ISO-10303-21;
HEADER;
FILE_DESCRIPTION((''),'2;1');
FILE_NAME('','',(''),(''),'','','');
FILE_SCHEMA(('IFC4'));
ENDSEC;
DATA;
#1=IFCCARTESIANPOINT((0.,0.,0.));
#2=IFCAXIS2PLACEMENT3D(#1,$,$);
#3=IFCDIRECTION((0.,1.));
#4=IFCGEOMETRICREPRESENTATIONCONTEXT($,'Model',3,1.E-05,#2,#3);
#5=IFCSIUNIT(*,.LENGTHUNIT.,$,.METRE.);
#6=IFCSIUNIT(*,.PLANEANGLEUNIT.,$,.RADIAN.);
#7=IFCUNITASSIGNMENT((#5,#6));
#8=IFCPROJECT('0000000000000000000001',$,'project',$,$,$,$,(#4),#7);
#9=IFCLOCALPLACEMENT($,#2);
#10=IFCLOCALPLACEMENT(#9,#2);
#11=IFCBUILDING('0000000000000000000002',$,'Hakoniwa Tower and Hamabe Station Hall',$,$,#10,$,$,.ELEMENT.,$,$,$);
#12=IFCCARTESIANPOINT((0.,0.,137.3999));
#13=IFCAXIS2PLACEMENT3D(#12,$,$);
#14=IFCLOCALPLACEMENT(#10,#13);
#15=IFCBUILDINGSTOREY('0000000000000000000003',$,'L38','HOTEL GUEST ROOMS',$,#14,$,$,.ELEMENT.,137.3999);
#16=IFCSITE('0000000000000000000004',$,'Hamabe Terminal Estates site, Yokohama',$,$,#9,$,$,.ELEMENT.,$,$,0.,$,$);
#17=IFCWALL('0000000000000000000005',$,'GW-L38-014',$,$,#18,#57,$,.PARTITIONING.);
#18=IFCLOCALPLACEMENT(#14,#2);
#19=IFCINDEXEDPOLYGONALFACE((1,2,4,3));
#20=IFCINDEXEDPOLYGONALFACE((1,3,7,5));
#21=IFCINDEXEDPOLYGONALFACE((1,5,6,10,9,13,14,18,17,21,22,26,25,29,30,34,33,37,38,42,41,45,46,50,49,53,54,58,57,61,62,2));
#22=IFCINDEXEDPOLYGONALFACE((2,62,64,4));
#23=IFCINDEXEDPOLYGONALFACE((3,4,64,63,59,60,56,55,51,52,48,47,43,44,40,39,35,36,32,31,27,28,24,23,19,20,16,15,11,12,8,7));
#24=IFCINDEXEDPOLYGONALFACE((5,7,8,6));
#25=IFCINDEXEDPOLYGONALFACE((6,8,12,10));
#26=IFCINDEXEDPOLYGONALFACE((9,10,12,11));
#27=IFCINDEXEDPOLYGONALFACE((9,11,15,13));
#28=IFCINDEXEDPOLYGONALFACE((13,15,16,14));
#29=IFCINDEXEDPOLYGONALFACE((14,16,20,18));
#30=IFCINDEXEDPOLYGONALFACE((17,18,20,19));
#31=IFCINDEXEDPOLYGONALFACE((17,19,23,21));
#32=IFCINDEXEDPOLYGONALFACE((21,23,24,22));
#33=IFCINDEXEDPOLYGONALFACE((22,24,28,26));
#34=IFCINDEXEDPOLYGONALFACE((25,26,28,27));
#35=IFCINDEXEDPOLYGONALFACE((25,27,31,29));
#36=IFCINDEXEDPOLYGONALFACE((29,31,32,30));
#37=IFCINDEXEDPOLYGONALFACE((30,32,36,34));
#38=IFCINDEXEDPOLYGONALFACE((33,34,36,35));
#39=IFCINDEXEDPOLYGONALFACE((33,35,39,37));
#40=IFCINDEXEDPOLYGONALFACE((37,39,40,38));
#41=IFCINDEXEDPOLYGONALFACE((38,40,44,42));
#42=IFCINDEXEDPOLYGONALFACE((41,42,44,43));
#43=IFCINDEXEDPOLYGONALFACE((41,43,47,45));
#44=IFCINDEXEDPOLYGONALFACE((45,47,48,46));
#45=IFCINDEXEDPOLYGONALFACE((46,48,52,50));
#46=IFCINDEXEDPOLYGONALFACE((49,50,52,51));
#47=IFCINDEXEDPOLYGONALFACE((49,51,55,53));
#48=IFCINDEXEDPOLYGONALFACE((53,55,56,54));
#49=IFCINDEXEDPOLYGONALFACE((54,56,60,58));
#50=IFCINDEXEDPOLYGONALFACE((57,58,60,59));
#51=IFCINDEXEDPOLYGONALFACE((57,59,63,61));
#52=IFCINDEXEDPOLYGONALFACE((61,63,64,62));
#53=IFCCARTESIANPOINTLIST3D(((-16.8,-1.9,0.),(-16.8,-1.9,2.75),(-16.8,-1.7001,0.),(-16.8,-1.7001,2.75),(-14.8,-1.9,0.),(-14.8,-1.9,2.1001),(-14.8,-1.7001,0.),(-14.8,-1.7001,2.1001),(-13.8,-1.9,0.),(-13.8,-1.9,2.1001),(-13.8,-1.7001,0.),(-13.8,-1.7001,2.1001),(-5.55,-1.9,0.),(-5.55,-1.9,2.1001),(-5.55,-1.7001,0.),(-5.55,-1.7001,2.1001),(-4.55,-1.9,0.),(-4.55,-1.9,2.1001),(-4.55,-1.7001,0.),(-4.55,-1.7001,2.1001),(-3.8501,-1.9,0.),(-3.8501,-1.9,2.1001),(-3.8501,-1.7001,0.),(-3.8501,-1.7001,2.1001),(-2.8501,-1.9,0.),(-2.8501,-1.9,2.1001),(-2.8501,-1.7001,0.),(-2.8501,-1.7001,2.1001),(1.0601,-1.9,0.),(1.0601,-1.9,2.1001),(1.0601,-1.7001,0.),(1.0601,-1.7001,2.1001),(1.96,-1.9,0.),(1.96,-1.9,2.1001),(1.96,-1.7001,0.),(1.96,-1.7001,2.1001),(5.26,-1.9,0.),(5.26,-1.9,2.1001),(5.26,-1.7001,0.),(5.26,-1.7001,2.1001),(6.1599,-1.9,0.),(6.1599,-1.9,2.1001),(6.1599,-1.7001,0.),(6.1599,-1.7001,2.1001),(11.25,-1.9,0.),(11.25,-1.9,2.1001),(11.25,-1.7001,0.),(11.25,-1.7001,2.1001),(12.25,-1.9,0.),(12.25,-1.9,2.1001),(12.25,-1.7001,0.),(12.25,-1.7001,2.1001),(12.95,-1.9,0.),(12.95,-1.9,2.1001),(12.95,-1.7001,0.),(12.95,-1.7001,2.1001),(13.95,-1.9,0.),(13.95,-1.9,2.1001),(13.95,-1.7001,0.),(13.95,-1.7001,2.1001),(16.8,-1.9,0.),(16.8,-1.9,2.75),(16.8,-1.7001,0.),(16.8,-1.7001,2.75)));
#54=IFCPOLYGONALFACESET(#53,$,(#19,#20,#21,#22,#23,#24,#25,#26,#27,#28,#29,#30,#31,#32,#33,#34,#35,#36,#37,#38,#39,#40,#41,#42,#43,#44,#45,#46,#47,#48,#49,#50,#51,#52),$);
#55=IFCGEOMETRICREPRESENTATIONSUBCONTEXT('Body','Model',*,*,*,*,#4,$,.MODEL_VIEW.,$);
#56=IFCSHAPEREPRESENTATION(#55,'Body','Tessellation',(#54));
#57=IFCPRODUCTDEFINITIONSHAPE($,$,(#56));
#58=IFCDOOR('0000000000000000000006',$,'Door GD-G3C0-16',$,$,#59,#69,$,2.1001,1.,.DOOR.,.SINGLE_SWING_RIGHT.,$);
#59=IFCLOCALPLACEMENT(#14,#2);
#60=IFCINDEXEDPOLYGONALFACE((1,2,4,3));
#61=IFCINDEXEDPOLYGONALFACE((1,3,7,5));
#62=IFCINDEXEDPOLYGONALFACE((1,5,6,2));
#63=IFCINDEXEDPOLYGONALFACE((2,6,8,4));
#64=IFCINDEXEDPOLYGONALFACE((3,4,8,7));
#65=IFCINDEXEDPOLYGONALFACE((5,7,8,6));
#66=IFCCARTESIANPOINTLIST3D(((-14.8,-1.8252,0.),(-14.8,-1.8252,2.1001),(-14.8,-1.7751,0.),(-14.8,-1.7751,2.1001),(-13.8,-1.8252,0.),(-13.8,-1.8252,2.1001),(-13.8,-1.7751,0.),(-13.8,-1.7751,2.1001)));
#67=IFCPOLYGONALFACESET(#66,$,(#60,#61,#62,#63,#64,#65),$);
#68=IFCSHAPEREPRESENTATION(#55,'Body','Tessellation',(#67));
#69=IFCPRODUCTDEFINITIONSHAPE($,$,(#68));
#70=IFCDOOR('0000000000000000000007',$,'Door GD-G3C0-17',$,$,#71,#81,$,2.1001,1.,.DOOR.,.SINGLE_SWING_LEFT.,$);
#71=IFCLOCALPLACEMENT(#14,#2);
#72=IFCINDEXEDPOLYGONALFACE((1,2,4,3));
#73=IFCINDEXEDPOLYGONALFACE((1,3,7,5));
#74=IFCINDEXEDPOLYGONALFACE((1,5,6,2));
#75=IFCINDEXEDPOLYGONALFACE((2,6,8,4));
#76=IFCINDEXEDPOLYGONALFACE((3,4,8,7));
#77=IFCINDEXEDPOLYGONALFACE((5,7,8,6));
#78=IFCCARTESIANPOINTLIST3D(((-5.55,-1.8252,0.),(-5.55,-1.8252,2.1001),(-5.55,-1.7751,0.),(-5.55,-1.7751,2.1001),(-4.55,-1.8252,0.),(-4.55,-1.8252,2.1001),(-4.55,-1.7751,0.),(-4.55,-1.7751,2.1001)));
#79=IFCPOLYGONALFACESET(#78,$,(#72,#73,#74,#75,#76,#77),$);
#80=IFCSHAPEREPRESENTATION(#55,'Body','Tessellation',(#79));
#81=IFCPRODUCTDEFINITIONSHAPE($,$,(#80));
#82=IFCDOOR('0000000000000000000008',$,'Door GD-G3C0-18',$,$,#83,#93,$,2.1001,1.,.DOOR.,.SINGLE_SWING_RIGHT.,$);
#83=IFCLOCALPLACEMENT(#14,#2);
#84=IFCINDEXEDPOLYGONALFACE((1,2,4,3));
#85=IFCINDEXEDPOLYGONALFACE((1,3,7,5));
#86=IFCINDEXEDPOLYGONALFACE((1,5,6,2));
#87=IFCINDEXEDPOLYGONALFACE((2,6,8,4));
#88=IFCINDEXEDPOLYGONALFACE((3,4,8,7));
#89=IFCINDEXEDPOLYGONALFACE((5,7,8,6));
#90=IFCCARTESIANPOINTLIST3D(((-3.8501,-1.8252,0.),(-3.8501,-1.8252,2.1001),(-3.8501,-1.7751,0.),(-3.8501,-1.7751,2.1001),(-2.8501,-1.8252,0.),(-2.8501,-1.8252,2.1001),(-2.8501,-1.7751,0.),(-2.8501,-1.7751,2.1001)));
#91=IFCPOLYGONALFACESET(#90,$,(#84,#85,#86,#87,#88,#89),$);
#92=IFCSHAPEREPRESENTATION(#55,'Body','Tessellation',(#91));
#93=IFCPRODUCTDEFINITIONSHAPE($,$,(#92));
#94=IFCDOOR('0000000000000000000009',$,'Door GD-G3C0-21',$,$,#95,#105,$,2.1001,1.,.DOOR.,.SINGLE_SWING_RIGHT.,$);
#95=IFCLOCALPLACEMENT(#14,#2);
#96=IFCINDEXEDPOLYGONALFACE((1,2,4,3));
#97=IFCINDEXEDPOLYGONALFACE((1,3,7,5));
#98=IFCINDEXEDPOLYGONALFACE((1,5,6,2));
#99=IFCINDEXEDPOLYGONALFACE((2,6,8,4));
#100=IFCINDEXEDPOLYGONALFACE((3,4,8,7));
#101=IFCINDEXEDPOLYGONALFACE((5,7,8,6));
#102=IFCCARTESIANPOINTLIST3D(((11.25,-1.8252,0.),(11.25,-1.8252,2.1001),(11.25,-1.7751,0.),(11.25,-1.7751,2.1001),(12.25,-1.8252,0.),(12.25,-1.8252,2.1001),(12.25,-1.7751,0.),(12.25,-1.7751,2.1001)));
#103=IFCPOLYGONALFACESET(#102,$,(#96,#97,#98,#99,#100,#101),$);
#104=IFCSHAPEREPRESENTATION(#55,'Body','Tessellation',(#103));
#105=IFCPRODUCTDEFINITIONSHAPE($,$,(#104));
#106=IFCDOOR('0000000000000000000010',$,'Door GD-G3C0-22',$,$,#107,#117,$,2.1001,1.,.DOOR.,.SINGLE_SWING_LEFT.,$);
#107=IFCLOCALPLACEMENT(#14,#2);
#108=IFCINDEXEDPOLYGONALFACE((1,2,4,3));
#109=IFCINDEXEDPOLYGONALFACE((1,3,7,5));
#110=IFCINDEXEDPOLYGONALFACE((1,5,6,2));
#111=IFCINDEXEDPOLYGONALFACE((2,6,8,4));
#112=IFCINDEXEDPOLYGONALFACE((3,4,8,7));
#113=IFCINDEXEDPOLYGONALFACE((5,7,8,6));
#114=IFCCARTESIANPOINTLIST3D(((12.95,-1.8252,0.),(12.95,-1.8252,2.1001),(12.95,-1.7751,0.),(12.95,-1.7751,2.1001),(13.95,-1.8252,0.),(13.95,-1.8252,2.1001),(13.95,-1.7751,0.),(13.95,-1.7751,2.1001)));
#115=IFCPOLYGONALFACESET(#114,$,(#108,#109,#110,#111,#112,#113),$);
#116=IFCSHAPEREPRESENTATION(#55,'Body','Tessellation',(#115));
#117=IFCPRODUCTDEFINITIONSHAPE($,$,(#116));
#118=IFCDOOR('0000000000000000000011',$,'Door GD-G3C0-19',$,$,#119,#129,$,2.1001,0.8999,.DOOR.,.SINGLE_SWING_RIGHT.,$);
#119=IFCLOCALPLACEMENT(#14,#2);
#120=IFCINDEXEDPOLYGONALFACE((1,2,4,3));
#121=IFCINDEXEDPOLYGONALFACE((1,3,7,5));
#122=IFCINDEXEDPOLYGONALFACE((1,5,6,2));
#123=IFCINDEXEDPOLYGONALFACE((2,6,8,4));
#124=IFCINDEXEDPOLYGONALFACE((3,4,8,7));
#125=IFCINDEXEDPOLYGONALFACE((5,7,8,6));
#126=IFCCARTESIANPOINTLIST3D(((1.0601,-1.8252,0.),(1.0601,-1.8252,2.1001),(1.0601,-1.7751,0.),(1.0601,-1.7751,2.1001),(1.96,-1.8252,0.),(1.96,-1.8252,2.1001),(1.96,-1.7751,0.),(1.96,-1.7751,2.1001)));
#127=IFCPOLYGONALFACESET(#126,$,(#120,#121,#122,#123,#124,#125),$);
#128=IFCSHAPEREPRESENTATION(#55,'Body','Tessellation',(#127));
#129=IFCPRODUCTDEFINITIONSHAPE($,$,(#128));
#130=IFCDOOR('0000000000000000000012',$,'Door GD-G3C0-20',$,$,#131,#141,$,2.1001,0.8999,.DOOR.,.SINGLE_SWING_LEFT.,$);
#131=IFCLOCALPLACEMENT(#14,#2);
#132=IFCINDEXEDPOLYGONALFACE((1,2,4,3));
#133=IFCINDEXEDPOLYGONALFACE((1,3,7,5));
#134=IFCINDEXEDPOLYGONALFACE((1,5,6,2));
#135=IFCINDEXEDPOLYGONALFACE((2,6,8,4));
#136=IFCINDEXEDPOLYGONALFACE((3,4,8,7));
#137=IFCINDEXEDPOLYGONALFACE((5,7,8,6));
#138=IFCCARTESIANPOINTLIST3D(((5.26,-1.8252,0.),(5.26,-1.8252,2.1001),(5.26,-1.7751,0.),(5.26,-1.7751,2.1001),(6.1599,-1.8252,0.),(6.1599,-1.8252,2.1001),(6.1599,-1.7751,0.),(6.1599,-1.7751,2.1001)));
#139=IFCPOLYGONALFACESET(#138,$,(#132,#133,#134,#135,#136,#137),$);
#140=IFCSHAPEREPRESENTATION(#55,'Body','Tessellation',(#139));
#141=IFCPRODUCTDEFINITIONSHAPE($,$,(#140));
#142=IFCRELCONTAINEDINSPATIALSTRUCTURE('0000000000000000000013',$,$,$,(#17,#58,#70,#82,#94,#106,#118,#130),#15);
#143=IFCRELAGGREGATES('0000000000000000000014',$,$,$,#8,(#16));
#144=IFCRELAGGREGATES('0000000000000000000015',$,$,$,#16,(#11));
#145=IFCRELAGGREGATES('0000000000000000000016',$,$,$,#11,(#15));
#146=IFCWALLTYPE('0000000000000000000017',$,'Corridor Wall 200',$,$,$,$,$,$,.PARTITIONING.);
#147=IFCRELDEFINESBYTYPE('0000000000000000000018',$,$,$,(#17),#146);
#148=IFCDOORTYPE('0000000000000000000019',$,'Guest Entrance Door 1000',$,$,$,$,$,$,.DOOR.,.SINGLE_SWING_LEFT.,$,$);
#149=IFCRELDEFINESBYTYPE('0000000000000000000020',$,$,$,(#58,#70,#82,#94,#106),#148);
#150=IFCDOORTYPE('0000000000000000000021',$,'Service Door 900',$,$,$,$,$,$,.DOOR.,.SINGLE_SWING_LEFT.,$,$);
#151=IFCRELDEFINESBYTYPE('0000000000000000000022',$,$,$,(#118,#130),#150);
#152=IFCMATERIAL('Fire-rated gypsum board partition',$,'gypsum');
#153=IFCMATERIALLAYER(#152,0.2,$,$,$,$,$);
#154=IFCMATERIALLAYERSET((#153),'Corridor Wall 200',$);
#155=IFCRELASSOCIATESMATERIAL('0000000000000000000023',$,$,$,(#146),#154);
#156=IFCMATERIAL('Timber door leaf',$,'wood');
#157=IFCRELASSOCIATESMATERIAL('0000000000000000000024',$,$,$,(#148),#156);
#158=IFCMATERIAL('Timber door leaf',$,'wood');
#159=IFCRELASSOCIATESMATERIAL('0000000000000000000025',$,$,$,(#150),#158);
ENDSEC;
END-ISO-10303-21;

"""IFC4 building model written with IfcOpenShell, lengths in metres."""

from ifc_helpers import new_model, si_unit, direction, frame, frame_2d, origin, place, context, subcontext, project, spatial, rectangle, extrude, material, layer, layer_set, type_object, element, fill, save


model = new_model("IFC4")

# Units and contexts
model_context = context("Model", 3, precision=1e-05, world=origin(), true_north=direction((0.0, 1.0)))
body_context = subcontext(model_context, "Body", "Model", "MODEL_VIEW")
ifc_project = project(units=[si_unit("LENGTHUNIT", "METRE"), si_unit("PLANEANGLEUNIT", "RADIAN")], contexts=[model_context])

# Site, building, storey
site_placement = place(None, origin())
site = spatial("IfcSite", under=ifc_project, at=site_placement, Name="Hamabe Terminal Estates site, Yokohama", CompositionType="ELEMENT", RefElevation=0.0)
building_placement = place(site_placement, origin())
building = spatial("IfcBuilding", under=site, at=building_placement, Name="Hakoniwa Tower and Hamabe Station Hall", CompositionType="ELEMENT")
storey_placement = place(building_placement, frame((0.0, 0.0, 137.3999)))
storey = spatial("IfcBuildingStorey", under=building, at=storey_placement, Name="L38", Description="HOTEL GUEST ROOMS", CompositionType="ELEMENT", Elevation=137.3999)

# Wall, openings, doors
ifc_material_1 = material(Name="Fire-rated gypsum board partition", Category="gypsum")
ifc_layer_1 = layer(ifc_material_1, 0.2)
ifc_layer_set_1 = layer_set([ifc_layer_1], Name="Corridor Wall 200")
wall_type_1 = type_object("IfcWallType", Name="Corridor Wall 200", PredefinedType="PARTITIONING", material=ifc_layer_set_1)
wall_1_placement = place(storey_placement, frame((-16.8, -1.8, 0.0), z_axis=(0.0, 0.0, 1.0), x_axis=(1.0, 0.0, 0.0)))
wall_1 = element("IfcWall", 1, at=wall_1_placement, inside=storey, type_object=wall_type_1, Name="GW-L38-014", PredefinedType="PARTITIONING", context=body_context, shape_type="SweptSolid", body=[
    extrude(rectangle(XDim=33.6001, YDim=0.2, at=frame_2d((16.8, 0.0))), origin(), (0.0, 0.0, 1.0), 2.75),
])
opening_1_placement = place(wall_1_placement, frame((2.0, 0.0, 0.0)))
opening_1 = element("IfcOpeningElement", 2, at=opening_1_placement, cuts=wall_1, PredefinedType="OPENING", context=body_context, shape_type="SweptSolid", body=[
    extrude(rectangle(XDim=1.0, YDim=2.1001, at=frame_2d((0.5, 1.05))), frame((0.0, 0.1099, 0.0), z_axis=(0.0, -1.0, 0.0), x_axis=(1.0, 0.0, 0.0)), (0.0, 0.0, 1.0), 0.22),
])
opening_2_placement = place(wall_1_placement, frame((11.25, 0.0, 0.0)))
opening_2 = element("IfcOpeningElement", 3, at=opening_2_placement, cuts=wall_1, PredefinedType="OPENING", context=body_context, shape_type="SweptSolid", body=[
    extrude(rectangle(XDim=1.0, YDim=2.1001, at=frame_2d((0.5, 1.05))), frame((0.0, 0.1099, 0.0), z_axis=(0.0, -1.0, 0.0), x_axis=(1.0, 0.0, 0.0)), (0.0, 0.0, 1.0), 0.22),
])
opening_3_placement = place(wall_1_placement, frame((12.95, 0.0, 0.0)))
opening_3 = element("IfcOpeningElement", 4, at=opening_3_placement, cuts=wall_1, PredefinedType="OPENING", context=body_context, shape_type="SweptSolid", body=[
    extrude(rectangle(XDim=1.0, YDim=2.1001, at=frame_2d((0.5, 1.05))), frame((0.0, 0.1099, 0.0), z_axis=(0.0, -1.0, 0.0), x_axis=(1.0, 0.0, 0.0)), (0.0, 0.0, 1.0), 0.22),
])
opening_4_placement = place(wall_1_placement, frame((17.8601, 0.0, 0.0)))
opening_4 = element("IfcOpeningElement", 5, at=opening_4_placement, cuts=wall_1, PredefinedType="OPENING", context=body_context, shape_type="SweptSolid", body=[
    extrude(rectangle(XDim=0.8999, YDim=2.1001, at=frame_2d((0.45, 1.05))), frame((0.0, 0.1099, 0.0), z_axis=(0.0, -1.0, 0.0), x_axis=(1.0, 0.0, 0.0)), (0.0, 0.0, 1.0), 0.22),
])
opening_5_placement = place(wall_1_placement, frame((22.0601, 0.0, 0.0)))
opening_5 = element("IfcOpeningElement", 6, at=opening_5_placement, cuts=wall_1, PredefinedType="OPENING", context=body_context, shape_type="SweptSolid", body=[
    extrude(rectangle(XDim=0.8999, YDim=2.1001, at=frame_2d((0.45, 1.05))), frame((0.0, 0.1099, 0.0), z_axis=(0.0, -1.0, 0.0), x_axis=(1.0, 0.0, 0.0)), (0.0, 0.0, 1.0), 0.22),
])
opening_6_placement = place(wall_1_placement, frame((28.05, 0.0, 0.0)))
opening_6 = element("IfcOpeningElement", 7, at=opening_6_placement, cuts=wall_1, PredefinedType="OPENING", context=body_context, shape_type="SweptSolid", body=[
    extrude(rectangle(XDim=1.0, YDim=2.1001, at=frame_2d((0.5, 1.05))), frame((0.0, 0.1099, 0.0), z_axis=(0.0, -1.0, 0.0), x_axis=(1.0, 0.0, 0.0)), (0.0, 0.0, 1.0), 0.22),
])
opening_7_placement = place(wall_1_placement, frame((29.75, 0.0, 0.0)))
opening_7 = element("IfcOpeningElement", 8, at=opening_7_placement, cuts=wall_1, PredefinedType="OPENING", context=body_context, shape_type="SweptSolid", body=[
    extrude(rectangle(XDim=1.0, YDim=2.1001, at=frame_2d((0.5, 1.05))), frame((0.0, 0.1099, 0.0), z_axis=(0.0, -1.0, 0.0), x_axis=(1.0, 0.0, 0.0)), (0.0, 0.0, 1.0), 0.22),
])
ifc_material_2 = material(Name="Timber door leaf", Category="wood")
door_type_1 = type_object("IfcDoorType", Name="Guest Entrance Door 1000", OperationType="SINGLE_SWING_LEFT", PredefinedType="DOOR", material=ifc_material_2)
door_1_placement = place(opening_1_placement, origin())
door_1 = element("IfcDoor", 9, at=door_1_placement, inside=storey, type_object=door_type_1, Name="Door GD-G3C0-16", OperationType="SINGLE_SWING_RIGHT", OverallHeight=2.1001, OverallWidth=1.0, PredefinedType="DOOR", context=body_context, shape_type="SweptSolid", body=[
    extrude(rectangle(XDim=1.0, YDim=2.1001, at=frame_2d((0.5, 1.05))), frame((0.0, 0.0249, 0.0), z_axis=(0.0, -1.0, 0.0), x_axis=(1.0, 0.0, 0.0)), (0.0, 0.0, 1.0), 0.05),
])
fill(opening_1, door_1)
door_2_placement = place(opening_2_placement, origin())
door_2 = element("IfcDoor", 10, at=door_2_placement, inside=storey, type_object=door_type_1, Name="Door GD-G3C0-17", OperationType="SINGLE_SWING_LEFT", OverallHeight=2.1001, OverallWidth=1.0, PredefinedType="DOOR", context=body_context, shape_type="SweptSolid", body=[
    extrude(rectangle(XDim=1.0, YDim=2.1001, at=frame_2d((0.5, 1.05))), frame((0.0, 0.0249, 0.0), z_axis=(0.0, -1.0, 0.0), x_axis=(1.0, 0.0, 0.0)), (0.0, 0.0, 1.0), 0.05),
])
fill(opening_2, door_2)
door_3_placement = place(opening_3_placement, origin())
door_3 = element("IfcDoor", 11, at=door_3_placement, inside=storey, type_object=door_type_1, Name="Door GD-G3C0-18", OperationType="SINGLE_SWING_RIGHT", OverallHeight=2.1001, OverallWidth=1.0, PredefinedType="DOOR", context=body_context, shape_type="SweptSolid", body=[
    extrude(rectangle(XDim=1.0, YDim=2.1001, at=frame_2d((0.5, 1.05))), frame((0.0, 0.0249, 0.0), z_axis=(0.0, -1.0, 0.0), x_axis=(1.0, 0.0, 0.0)), (0.0, 0.0, 1.0), 0.05),
])
fill(opening_3, door_3)
door_4_placement = place(opening_6_placement, origin())
door_4 = element("IfcDoor", 12, at=door_4_placement, inside=storey, type_object=door_type_1, Name="Door GD-G3C0-21", OperationType="SINGLE_SWING_RIGHT", OverallHeight=2.1001, OverallWidth=1.0, PredefinedType="DOOR", context=body_context, shape_type="SweptSolid", body=[
    extrude(rectangle(XDim=1.0, YDim=2.1001, at=frame_2d((0.5, 1.05))), frame((0.0, 0.0249, 0.0), z_axis=(0.0, -1.0, 0.0), x_axis=(1.0, 0.0, 0.0)), (0.0, 0.0, 1.0), 0.05),
])
fill(opening_6, door_4)
door_5_placement = place(opening_7_placement, origin())
door_5 = element("IfcDoor", 13, at=door_5_placement, inside=storey, type_object=door_type_1, Name="Door GD-G3C0-22", OperationType="SINGLE_SWING_LEFT", OverallHeight=2.1001, OverallWidth=1.0, PredefinedType="DOOR", context=body_context, shape_type="SweptSolid", body=[
    extrude(rectangle(XDim=1.0, YDim=2.1001, at=frame_2d((0.5, 1.05))), frame((0.0, 0.0249, 0.0), z_axis=(0.0, -1.0, 0.0), x_axis=(1.0, 0.0, 0.0)), (0.0, 0.0, 1.0), 0.05),
])
fill(opening_7, door_5)
ifc_material_3 = material(Name="Timber door leaf", Category="wood")
door_type_2 = type_object("IfcDoorType", Name="Service Door 900", OperationType="SINGLE_SWING_LEFT", PredefinedType="DOOR", material=ifc_material_3)
door_6_placement = place(opening_4_placement, origin())
door_6 = element("IfcDoor", 14, at=door_6_placement, inside=storey, type_object=door_type_2, Name="Door GD-G3C0-19", OperationType="SINGLE_SWING_RIGHT", OverallHeight=2.1001, OverallWidth=0.8999, PredefinedType="DOOR", context=body_context, shape_type="SweptSolid", body=[
    extrude(rectangle(XDim=0.8999, YDim=2.1001, at=frame_2d((0.45, 1.05))), frame((0.0, 0.0249, 0.0), z_axis=(0.0, -1.0, 0.0), x_axis=(1.0, 0.0, 0.0)), (0.0, 0.0, 1.0), 0.05),
])
fill(opening_4, door_6)
door_7_placement = place(opening_5_placement, origin())
door_7 = element("IfcDoor", 15, at=door_7_placement, inside=storey, type_object=door_type_2, Name="Door GD-G3C0-20", OperationType="SINGLE_SWING_LEFT", OverallHeight=2.1001, OverallWidth=0.8999, PredefinedType="DOOR", context=body_context, shape_type="SweptSolid", body=[
    extrude(rectangle(XDim=0.8999, YDim=2.1001, at=frame_2d((0.45, 1.05))), frame((0.0, 0.0249, 0.0), z_axis=(0.0, -1.0, 0.0), x_axis=(1.0, 0.0, 0.0)), (0.0, 0.0, 1.0), 0.05),
])
fill(opening_5, door_7)

save(model, "model.ifc")
